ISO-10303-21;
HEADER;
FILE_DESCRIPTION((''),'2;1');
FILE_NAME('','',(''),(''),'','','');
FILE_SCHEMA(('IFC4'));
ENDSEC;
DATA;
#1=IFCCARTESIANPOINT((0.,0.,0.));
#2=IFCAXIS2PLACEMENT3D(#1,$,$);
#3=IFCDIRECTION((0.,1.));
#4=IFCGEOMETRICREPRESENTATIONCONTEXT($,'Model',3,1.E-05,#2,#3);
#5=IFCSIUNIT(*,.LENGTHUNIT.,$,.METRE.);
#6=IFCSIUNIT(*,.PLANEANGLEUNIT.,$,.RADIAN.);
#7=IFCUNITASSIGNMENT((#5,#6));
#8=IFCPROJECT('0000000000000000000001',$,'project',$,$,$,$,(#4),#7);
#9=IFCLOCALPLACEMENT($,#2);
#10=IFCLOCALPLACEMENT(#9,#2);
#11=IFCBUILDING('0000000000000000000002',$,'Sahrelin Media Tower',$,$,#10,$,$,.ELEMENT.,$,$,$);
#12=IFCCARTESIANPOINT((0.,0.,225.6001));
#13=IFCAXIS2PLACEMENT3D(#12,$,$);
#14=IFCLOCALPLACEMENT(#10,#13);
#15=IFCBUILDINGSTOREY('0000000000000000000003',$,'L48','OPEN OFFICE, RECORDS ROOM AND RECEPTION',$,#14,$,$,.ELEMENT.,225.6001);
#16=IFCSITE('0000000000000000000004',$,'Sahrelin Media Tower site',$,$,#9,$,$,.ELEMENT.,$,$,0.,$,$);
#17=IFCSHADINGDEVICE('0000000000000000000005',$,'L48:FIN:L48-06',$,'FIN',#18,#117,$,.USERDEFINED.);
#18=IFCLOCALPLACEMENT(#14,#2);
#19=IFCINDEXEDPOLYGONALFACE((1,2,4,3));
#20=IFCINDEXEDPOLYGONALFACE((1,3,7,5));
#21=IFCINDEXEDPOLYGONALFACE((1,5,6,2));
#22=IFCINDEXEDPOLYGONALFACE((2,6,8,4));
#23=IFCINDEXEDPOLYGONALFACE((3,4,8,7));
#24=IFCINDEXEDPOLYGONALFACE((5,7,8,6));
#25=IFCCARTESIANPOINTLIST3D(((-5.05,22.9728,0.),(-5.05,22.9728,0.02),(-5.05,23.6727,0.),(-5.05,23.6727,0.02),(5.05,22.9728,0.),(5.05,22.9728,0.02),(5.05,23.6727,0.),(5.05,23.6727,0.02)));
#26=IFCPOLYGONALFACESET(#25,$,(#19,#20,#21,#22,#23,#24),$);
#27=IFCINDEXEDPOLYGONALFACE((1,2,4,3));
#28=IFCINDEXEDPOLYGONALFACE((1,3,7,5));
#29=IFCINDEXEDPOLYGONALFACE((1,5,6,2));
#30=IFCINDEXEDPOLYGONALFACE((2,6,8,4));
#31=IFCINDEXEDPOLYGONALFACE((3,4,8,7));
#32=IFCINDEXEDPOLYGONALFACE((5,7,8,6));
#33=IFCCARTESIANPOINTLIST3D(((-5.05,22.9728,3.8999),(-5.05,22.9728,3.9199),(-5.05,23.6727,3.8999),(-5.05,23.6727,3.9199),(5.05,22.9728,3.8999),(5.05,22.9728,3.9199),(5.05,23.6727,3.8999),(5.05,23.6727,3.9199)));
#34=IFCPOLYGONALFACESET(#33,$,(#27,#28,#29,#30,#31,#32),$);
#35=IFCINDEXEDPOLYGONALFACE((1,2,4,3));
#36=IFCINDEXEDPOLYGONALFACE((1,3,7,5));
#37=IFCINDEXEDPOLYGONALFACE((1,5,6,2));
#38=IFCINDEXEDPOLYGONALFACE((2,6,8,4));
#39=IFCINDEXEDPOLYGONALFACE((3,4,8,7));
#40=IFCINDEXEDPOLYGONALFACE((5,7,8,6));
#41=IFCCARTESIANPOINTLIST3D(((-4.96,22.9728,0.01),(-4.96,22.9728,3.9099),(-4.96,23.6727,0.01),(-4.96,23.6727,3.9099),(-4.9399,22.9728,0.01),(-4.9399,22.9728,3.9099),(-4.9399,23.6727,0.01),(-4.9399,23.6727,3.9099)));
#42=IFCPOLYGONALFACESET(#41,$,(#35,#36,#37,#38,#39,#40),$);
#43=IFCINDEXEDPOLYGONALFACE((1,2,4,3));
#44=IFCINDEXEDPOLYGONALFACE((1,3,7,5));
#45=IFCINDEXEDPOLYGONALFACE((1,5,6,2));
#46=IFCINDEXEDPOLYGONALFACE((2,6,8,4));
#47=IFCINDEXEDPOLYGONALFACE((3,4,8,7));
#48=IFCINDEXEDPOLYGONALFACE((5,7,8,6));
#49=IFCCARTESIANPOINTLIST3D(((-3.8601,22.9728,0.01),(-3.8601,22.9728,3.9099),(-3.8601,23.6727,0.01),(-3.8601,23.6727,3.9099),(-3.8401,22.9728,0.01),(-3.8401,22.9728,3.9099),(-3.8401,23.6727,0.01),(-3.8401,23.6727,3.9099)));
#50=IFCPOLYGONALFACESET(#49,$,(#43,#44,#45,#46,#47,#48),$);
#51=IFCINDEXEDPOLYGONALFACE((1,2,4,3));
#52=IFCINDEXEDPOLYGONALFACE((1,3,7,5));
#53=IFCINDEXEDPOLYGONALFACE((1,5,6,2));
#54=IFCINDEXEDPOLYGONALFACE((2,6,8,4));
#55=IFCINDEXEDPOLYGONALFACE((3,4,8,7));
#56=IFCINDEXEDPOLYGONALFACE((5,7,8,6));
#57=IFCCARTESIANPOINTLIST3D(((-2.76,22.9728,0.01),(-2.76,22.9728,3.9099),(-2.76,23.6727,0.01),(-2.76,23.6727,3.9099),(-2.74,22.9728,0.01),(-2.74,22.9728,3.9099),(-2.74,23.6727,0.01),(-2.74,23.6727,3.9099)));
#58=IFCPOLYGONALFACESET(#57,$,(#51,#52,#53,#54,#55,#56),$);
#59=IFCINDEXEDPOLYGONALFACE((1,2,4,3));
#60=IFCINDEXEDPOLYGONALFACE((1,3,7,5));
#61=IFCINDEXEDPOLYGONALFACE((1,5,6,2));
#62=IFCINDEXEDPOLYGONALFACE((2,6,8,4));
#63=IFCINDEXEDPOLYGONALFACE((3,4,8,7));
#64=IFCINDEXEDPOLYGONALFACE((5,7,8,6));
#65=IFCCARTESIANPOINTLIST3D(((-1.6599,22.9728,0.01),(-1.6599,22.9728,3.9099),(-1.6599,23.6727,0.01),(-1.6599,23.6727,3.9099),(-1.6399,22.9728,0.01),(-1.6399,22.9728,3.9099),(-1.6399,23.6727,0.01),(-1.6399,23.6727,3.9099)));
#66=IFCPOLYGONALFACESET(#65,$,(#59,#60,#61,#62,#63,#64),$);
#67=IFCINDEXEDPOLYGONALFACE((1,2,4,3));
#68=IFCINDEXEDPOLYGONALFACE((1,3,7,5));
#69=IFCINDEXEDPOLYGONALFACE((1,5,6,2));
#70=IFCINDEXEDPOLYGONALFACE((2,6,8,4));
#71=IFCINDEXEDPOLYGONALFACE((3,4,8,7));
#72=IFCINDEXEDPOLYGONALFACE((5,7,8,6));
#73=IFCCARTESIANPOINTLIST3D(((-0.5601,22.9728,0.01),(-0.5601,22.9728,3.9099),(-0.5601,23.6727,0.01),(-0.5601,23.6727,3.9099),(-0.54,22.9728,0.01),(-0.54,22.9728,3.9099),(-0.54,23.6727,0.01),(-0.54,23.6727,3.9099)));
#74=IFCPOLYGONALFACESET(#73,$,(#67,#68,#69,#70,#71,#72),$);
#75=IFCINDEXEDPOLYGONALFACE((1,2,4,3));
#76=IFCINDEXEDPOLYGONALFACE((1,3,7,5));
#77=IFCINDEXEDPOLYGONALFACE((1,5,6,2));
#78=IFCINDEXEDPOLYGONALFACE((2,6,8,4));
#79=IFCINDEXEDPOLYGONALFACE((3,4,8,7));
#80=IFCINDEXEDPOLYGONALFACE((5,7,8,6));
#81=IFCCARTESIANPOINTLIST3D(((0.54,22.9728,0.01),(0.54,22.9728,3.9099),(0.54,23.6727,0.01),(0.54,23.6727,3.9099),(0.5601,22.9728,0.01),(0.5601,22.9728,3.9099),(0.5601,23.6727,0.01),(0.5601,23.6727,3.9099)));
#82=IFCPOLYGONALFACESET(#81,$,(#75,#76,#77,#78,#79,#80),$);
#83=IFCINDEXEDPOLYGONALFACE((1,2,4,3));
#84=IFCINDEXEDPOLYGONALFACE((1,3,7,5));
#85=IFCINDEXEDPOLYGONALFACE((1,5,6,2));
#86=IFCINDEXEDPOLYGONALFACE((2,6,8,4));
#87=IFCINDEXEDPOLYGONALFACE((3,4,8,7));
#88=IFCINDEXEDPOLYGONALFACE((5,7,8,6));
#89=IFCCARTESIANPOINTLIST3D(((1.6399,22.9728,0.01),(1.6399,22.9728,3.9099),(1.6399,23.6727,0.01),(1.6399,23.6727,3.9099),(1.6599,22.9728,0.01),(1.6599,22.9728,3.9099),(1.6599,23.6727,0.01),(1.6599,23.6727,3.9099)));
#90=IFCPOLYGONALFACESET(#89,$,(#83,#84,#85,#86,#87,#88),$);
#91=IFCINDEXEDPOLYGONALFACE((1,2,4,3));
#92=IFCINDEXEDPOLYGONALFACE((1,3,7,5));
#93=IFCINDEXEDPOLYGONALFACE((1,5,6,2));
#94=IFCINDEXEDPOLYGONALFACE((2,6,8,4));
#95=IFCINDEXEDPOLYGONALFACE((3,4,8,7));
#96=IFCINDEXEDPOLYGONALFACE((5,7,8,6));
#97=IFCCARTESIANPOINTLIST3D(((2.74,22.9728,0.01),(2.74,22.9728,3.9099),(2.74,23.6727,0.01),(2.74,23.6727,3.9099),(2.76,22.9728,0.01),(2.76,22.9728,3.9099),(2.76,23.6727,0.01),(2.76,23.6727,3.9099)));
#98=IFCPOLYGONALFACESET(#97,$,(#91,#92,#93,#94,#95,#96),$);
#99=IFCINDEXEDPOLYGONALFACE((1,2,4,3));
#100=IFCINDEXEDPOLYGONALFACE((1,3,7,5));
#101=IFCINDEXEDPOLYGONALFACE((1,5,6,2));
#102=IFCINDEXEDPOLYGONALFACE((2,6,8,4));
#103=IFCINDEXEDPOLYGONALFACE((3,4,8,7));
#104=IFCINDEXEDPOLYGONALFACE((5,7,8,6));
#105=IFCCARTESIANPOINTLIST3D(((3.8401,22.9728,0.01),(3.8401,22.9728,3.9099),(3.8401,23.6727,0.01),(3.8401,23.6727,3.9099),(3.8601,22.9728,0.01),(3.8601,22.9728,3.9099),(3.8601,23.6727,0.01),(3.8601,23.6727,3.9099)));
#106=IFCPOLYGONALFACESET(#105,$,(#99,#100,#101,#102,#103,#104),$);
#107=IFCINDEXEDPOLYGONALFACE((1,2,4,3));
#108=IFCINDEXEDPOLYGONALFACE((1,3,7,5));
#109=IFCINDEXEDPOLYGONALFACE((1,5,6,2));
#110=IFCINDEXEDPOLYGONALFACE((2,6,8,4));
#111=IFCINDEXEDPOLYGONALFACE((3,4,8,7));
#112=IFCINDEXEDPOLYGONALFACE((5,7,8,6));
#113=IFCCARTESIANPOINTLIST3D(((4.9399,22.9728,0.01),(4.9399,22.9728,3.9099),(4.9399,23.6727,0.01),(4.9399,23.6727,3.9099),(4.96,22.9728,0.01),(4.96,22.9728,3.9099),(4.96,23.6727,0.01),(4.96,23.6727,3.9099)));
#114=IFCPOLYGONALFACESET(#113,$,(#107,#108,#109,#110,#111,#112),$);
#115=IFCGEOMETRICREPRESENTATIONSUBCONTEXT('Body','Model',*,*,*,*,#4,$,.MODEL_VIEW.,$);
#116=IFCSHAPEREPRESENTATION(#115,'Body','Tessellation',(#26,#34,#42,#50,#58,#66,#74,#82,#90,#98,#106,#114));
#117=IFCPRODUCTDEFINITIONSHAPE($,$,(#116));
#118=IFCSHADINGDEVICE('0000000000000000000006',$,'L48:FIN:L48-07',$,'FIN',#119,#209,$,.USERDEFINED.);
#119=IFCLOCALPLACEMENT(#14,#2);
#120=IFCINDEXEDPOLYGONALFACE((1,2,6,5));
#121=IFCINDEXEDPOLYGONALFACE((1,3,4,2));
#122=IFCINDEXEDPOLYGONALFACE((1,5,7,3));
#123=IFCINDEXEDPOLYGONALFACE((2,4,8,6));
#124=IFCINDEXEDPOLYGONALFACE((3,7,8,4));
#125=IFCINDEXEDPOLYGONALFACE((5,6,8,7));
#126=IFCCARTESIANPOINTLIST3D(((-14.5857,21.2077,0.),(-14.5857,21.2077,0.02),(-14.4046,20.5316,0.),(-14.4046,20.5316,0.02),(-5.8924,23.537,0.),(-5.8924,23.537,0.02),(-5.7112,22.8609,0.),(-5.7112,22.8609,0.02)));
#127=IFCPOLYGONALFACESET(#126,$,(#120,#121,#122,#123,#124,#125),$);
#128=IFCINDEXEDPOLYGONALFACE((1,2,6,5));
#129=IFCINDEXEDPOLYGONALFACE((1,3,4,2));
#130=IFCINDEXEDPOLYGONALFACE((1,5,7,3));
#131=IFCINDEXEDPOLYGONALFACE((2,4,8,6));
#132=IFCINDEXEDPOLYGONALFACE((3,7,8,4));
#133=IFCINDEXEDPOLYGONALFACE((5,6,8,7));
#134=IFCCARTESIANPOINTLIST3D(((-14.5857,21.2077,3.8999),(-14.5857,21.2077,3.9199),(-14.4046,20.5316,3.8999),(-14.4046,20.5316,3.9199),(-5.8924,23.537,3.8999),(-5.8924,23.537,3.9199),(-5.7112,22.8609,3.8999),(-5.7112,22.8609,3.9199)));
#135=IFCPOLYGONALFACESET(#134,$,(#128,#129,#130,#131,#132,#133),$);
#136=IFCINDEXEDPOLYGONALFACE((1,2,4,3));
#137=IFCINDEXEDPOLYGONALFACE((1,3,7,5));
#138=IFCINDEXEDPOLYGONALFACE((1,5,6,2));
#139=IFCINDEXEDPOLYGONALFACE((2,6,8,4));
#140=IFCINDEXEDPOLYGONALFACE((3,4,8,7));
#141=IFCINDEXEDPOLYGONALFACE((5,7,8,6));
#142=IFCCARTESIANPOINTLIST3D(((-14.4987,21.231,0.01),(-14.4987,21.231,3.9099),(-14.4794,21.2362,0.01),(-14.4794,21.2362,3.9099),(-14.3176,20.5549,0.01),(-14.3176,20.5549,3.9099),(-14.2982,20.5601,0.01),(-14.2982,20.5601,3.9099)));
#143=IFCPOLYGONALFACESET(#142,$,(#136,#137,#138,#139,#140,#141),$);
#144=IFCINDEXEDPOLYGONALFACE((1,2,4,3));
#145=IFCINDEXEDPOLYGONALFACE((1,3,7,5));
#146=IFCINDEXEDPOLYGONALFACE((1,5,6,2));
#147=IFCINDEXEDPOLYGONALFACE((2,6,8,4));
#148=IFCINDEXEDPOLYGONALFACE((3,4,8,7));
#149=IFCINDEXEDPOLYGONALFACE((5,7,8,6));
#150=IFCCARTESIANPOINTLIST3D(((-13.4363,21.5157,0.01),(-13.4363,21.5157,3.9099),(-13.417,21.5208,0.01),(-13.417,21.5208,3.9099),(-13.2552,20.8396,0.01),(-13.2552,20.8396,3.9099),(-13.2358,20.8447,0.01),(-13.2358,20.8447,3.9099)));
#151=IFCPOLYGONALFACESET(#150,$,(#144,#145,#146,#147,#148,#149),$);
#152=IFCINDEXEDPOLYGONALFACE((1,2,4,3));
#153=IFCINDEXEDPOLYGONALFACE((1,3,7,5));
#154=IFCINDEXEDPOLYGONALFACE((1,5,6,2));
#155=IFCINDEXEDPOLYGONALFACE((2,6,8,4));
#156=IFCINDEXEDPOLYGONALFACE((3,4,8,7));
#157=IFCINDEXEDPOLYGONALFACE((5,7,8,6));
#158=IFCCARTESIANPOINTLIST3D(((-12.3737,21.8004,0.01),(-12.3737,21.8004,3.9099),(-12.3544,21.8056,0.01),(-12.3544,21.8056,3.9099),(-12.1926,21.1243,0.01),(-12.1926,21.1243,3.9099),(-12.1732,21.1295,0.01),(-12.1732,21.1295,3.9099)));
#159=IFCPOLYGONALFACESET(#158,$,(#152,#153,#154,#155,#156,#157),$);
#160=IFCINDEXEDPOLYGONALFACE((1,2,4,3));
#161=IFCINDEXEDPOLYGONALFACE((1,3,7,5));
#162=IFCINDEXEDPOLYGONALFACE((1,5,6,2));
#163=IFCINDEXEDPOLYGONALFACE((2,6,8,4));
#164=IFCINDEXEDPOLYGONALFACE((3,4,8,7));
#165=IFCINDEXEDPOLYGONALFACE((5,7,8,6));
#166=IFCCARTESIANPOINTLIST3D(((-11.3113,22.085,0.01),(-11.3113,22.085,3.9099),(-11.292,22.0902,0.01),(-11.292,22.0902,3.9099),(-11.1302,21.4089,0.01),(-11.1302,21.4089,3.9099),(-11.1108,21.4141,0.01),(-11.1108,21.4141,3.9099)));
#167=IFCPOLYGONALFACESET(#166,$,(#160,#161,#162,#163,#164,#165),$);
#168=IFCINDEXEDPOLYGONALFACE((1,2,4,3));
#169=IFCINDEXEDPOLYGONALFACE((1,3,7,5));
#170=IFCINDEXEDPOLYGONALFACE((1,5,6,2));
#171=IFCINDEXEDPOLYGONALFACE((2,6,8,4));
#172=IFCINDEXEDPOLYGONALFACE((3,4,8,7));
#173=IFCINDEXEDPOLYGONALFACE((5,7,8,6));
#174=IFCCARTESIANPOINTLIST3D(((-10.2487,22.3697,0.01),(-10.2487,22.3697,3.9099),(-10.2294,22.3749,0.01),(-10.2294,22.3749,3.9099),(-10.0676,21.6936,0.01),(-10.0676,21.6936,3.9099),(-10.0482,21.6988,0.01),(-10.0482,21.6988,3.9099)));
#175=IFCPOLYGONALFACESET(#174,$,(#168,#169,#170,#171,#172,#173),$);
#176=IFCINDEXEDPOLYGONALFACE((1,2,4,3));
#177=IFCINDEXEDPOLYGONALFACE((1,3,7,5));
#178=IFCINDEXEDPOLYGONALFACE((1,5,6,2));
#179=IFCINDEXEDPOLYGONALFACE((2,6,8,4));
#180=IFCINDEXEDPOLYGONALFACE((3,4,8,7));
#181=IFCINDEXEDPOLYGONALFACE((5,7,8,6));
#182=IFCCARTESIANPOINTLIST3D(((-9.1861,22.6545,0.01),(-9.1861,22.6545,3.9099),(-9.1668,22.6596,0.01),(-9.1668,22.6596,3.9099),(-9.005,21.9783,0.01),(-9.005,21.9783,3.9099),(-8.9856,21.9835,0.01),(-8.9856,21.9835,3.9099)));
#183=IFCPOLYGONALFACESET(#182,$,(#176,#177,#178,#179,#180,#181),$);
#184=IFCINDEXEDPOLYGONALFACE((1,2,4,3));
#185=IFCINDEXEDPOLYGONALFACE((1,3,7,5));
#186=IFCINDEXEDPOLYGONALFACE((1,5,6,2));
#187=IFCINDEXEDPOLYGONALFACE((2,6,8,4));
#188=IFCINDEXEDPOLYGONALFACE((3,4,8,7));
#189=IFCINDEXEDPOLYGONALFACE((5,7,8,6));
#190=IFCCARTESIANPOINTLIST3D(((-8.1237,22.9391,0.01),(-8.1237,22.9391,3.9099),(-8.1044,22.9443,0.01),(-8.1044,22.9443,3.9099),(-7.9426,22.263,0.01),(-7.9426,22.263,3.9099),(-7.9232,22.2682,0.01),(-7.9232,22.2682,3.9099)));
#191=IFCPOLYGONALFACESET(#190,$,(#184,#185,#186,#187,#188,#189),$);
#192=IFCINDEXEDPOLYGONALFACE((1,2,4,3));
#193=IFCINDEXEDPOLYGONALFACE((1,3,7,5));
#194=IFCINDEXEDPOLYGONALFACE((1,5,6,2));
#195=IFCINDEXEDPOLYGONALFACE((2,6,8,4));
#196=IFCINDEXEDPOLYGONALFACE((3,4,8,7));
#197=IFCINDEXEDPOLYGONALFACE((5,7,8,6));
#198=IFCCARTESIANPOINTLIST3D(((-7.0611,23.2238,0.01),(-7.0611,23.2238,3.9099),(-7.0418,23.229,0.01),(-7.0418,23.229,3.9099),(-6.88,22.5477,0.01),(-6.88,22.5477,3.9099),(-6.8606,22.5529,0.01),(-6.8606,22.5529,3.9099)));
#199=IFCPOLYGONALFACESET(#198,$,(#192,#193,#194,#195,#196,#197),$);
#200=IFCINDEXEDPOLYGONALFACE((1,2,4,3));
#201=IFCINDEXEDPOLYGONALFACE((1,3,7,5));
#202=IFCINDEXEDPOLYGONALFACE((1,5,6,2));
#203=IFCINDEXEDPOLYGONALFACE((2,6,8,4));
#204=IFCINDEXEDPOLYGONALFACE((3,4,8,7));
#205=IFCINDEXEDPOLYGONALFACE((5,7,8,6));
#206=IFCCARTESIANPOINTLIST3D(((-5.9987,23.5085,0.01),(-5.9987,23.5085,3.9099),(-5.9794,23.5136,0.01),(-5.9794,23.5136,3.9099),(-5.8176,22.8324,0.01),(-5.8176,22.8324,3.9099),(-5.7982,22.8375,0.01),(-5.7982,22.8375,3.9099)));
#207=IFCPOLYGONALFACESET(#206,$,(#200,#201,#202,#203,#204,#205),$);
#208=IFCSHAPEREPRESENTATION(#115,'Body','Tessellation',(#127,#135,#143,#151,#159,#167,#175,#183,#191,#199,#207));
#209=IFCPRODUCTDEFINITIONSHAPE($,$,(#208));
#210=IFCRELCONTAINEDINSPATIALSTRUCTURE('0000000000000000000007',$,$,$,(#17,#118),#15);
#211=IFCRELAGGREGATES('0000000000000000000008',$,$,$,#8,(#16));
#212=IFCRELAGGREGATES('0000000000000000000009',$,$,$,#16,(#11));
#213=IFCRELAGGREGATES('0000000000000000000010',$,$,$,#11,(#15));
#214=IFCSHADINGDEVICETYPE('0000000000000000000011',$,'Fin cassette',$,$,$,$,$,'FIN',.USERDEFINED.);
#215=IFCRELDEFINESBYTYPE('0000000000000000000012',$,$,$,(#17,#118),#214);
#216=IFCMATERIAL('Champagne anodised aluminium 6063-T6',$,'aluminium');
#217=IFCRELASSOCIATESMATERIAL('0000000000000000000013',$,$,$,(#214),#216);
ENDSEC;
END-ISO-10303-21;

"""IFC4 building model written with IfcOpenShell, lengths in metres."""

from ifc_helpers import new_model, si_unit, direction, frame, origin, origin_2d, place, context, subcontext, project, spatial, rectangle, extrude, material, type_object, element, save


model = new_model("IFC4")

# Units and contexts
model_context = context("Model", 3, precision=1e-05, world=origin(), true_north=direction((0.0, 1.0)))
body_context = subcontext(model_context, "Body", "Model", "MODEL_VIEW")
ifc_project = project(units=[si_unit("LENGTHUNIT", "METRE"), si_unit("PLANEANGLEUNIT", "RADIAN")], contexts=[model_context])

# Site, building, storey
site_placement = place(None, origin())
site = spatial("IfcSite", under=ifc_project, at=site_placement, Name="Sahrelin Media Tower site", CompositionType="ELEMENT", RefElevation=0.0)
building_placement = place(site_placement, origin())
building = spatial("IfcBuilding", under=site, at=building_placement, Name="Sahrelin Media Tower", CompositionType="ELEMENT")
storey_placement = place(building_placement, frame((0.0, 0.0, 225.6001)))
storey = spatial("IfcBuildingStorey", under=building, at=storey_placement, Name="L48", Description="OPEN OFFICE, RECORDS ROOM AND RECEPTION", CompositionType="ELEMENT", Elevation=225.6001)

# Shared definitions
ifc_material_1 = material(Name="Champagne anodised aluminium 6063-T6", Category="aluminium")
placement_1 = place(storey_placement, frame((0.0, 22.9028, 0.0), z_axis=(0.0, 0.0, 1.0), x_axis=(1.0, 0.0, 0.0)))

# Shading devices
shading_device_type_1 = type_object("IfcShadingDeviceType", Name="Fin cassette", ElementType="FIN", PredefinedType="USERDEFINED", material=ifc_material_1)
element("IfcShadingDevice", 1, at=placement_1, inside=storey, type_object=shading_device_type_1, Name="L48:FIN:L48-06", ObjectType="FIN", PredefinedType="USERDEFINED", context=body_context, shape_type="SweptSolid", body=[
    extrude(rectangle(XDim=10.1001, YDim=0.7, at=origin_2d()), frame((0.0, 0.4199, 0.0)), (0.0, 0.0, 1.0), 0.02),
    extrude(rectangle(XDim=10.1001, YDim=0.7, at=origin_2d()), frame((0.0, 0.4199, 3.8999)), (0.0, 0.0, 1.0), 0.02),
    extrude(rectangle(XDim=0.02, YDim=0.7, at=origin_2d()), frame((-4.95, 0.4199, 0.01), z_axis=(0.0, 0.0, 1.0), x_axis=(1.0, 0.0, 0.0)), (0.0, 0.0, 1.0), 3.8999),
    extrude(rectangle(XDim=0.02, YDim=0.7, at=origin_2d()), frame((-3.8501, 0.4199, 0.01), z_axis=(0.0, 0.0, 1.0), x_axis=(1.0, 0.0, 0.0)), (0.0, 0.0, 1.0), 3.8999),
    extrude(rectangle(XDim=0.02, YDim=0.7, at=origin_2d()), frame((-2.75, 0.4199, 0.01), z_axis=(0.0, 0.0, 1.0), x_axis=(1.0, 0.0, 0.0)), (0.0, 0.0, 1.0), 3.8999),
    extrude(rectangle(XDim=0.02, YDim=0.7, at=origin_2d()), frame((-1.6499, 0.4199, 0.01), z_axis=(0.0, 0.0, 1.0), x_axis=(1.0, 0.0, 0.0)), (0.0, 0.0, 1.0), 3.8999),
    extrude(rectangle(XDim=0.02, YDim=0.7, at=origin_2d()), frame((-0.55, 0.4199, 0.01), z_axis=(0.0, 0.0, 1.0), x_axis=(1.0, 0.0, 0.0)), (0.0, 0.0, 1.0), 3.8999),
    extrude(rectangle(XDim=0.02, YDim=0.7, at=origin_2d()), frame((0.55, 0.4199, 0.01), z_axis=(0.0, 0.0, 1.0), x_axis=(1.0, 0.0, 0.0)), (0.0, 0.0, 1.0), 3.8999),
    extrude(rectangle(XDim=0.02, YDim=0.7, at=origin_2d()), frame((1.6499, 0.4199, 0.01), z_axis=(0.0, 0.0, 1.0), x_axis=(1.0, 0.0, 0.0)), (0.0, 0.0, 1.0), 3.8999),
    extrude(rectangle(XDim=0.02, YDim=0.7, at=origin_2d()), frame((2.75, 0.4199, 0.01), z_axis=(0.0, 0.0, 1.0), x_axis=(1.0, 0.0, 0.0)), (0.0, 0.0, 1.0), 3.8999),
    extrude(rectangle(XDim=0.02, YDim=0.7, at=origin_2d()), frame((3.8501, 0.4199, 0.01), z_axis=(0.0, 0.0, 1.0), x_axis=(1.0, 0.0, 0.0)), (0.0, 0.0, 1.0), 3.8999),
    extrude(rectangle(XDim=0.02, YDim=0.7, at=origin_2d()), frame((4.95, 0.4199, 0.01), z_axis=(0.0, 0.0, 1.0), x_axis=(1.0, 0.0, 0.0)), (0.0, 0.0, 1.0), 3.8999),
])
placement_2 = place(storey_placement, frame((-10.0398, 21.6287, 0.0), z_axis=(0.0, 0.0, 1.0), x_axis=(0.965929, 0.258808, 0.0)))
element("IfcShadingDevice", 2, at=placement_2, inside=storey, type_object=shading_device_type_1, Name="L48:FIN:L48-07", ObjectType="FIN", PredefinedType="USERDEFINED", context=body_context, shape_type="SweptSolid", body=[
    extrude(rectangle(XDim=9.0, YDim=0.7, at=origin_2d()), frame((0.0, 0.4199, 0.0)), (0.0, 0.0, 1.0), 0.02),
    extrude(rectangle(XDim=9.0, YDim=0.7, at=origin_2d()), frame((0.0, 0.4199, 3.8999)), (0.0, 0.0, 1.0), 0.02),
    extrude(rectangle(XDim=0.02, YDim=0.7, at=origin_2d()), frame((-4.3999, 0.4199, 0.01), z_axis=(0.0, 0.0, 1.0), x_axis=(1.0, 0.0, 0.0)), (0.0, 0.0, 1.0), 3.8999),
    extrude(rectangle(XDim=0.02, YDim=0.7, at=origin_2d()), frame((-3.3, 0.4199, 0.01), z_axis=(0.0, 0.0, 1.0), x_axis=(1.0, 0.0, 0.0)), (0.0, 0.0, 1.0), 3.8999),
    extrude(rectangle(XDim=0.02, YDim=0.7, at=origin_2d()), frame((-2.2, 0.4199, 0.01), z_axis=(0.0, 0.0, 1.0), x_axis=(1.0, 0.0, 0.0)), (0.0, 0.0, 1.0), 3.8999),
    extrude(rectangle(XDim=0.02, YDim=0.7, at=origin_2d()), frame((-1.1001, 0.4199, 0.01), z_axis=(0.0, 0.0, 1.0), x_axis=(1.0, 0.0, 0.0)), (0.0, 0.0, 1.0), 3.8999),
    extrude(rectangle(XDim=0.02, YDim=0.7, at=origin_2d()), frame((0.0, 0.4199, 0.01), z_axis=(0.0, 0.0, 1.0), x_axis=(1.0, 0.0, 0.0)), (0.0, 0.0, 1.0), 3.8999),
    extrude(rectangle(XDim=0.02, YDim=0.7, at=origin_2d()), frame((1.1001, 0.4199, 0.01), z_axis=(0.0, 0.0, 1.0), x_axis=(1.0, 0.0, 0.0)), (0.0, 0.0, 1.0), 3.8999),
    extrude(rectangle(XDim=0.02, YDim=0.7, at=origin_2d()), frame((2.2, 0.4199, 0.01), z_axis=(0.0, 0.0, 1.0), x_axis=(1.0, 0.0, 0.0)), (0.0, 0.0, 1.0), 3.8999),
    extrude(rectangle(XDim=0.02, YDim=0.7, at=origin_2d()), frame((3.3, 0.4199, 0.01), z_axis=(0.0, 0.0, 1.0), x_axis=(1.0, 0.0, 0.0)), (0.0, 0.0, 1.0), 3.8999),
    extrude(rectangle(XDim=0.02, YDim=0.7, at=origin_2d()), frame((4.3999, 0.4199, 0.01), z_axis=(0.0, 0.0, 1.0), x_axis=(1.0, 0.0, 0.0)), (0.0, 0.0, 1.0), 3.8999),
])

save(model, "model.ifc")
